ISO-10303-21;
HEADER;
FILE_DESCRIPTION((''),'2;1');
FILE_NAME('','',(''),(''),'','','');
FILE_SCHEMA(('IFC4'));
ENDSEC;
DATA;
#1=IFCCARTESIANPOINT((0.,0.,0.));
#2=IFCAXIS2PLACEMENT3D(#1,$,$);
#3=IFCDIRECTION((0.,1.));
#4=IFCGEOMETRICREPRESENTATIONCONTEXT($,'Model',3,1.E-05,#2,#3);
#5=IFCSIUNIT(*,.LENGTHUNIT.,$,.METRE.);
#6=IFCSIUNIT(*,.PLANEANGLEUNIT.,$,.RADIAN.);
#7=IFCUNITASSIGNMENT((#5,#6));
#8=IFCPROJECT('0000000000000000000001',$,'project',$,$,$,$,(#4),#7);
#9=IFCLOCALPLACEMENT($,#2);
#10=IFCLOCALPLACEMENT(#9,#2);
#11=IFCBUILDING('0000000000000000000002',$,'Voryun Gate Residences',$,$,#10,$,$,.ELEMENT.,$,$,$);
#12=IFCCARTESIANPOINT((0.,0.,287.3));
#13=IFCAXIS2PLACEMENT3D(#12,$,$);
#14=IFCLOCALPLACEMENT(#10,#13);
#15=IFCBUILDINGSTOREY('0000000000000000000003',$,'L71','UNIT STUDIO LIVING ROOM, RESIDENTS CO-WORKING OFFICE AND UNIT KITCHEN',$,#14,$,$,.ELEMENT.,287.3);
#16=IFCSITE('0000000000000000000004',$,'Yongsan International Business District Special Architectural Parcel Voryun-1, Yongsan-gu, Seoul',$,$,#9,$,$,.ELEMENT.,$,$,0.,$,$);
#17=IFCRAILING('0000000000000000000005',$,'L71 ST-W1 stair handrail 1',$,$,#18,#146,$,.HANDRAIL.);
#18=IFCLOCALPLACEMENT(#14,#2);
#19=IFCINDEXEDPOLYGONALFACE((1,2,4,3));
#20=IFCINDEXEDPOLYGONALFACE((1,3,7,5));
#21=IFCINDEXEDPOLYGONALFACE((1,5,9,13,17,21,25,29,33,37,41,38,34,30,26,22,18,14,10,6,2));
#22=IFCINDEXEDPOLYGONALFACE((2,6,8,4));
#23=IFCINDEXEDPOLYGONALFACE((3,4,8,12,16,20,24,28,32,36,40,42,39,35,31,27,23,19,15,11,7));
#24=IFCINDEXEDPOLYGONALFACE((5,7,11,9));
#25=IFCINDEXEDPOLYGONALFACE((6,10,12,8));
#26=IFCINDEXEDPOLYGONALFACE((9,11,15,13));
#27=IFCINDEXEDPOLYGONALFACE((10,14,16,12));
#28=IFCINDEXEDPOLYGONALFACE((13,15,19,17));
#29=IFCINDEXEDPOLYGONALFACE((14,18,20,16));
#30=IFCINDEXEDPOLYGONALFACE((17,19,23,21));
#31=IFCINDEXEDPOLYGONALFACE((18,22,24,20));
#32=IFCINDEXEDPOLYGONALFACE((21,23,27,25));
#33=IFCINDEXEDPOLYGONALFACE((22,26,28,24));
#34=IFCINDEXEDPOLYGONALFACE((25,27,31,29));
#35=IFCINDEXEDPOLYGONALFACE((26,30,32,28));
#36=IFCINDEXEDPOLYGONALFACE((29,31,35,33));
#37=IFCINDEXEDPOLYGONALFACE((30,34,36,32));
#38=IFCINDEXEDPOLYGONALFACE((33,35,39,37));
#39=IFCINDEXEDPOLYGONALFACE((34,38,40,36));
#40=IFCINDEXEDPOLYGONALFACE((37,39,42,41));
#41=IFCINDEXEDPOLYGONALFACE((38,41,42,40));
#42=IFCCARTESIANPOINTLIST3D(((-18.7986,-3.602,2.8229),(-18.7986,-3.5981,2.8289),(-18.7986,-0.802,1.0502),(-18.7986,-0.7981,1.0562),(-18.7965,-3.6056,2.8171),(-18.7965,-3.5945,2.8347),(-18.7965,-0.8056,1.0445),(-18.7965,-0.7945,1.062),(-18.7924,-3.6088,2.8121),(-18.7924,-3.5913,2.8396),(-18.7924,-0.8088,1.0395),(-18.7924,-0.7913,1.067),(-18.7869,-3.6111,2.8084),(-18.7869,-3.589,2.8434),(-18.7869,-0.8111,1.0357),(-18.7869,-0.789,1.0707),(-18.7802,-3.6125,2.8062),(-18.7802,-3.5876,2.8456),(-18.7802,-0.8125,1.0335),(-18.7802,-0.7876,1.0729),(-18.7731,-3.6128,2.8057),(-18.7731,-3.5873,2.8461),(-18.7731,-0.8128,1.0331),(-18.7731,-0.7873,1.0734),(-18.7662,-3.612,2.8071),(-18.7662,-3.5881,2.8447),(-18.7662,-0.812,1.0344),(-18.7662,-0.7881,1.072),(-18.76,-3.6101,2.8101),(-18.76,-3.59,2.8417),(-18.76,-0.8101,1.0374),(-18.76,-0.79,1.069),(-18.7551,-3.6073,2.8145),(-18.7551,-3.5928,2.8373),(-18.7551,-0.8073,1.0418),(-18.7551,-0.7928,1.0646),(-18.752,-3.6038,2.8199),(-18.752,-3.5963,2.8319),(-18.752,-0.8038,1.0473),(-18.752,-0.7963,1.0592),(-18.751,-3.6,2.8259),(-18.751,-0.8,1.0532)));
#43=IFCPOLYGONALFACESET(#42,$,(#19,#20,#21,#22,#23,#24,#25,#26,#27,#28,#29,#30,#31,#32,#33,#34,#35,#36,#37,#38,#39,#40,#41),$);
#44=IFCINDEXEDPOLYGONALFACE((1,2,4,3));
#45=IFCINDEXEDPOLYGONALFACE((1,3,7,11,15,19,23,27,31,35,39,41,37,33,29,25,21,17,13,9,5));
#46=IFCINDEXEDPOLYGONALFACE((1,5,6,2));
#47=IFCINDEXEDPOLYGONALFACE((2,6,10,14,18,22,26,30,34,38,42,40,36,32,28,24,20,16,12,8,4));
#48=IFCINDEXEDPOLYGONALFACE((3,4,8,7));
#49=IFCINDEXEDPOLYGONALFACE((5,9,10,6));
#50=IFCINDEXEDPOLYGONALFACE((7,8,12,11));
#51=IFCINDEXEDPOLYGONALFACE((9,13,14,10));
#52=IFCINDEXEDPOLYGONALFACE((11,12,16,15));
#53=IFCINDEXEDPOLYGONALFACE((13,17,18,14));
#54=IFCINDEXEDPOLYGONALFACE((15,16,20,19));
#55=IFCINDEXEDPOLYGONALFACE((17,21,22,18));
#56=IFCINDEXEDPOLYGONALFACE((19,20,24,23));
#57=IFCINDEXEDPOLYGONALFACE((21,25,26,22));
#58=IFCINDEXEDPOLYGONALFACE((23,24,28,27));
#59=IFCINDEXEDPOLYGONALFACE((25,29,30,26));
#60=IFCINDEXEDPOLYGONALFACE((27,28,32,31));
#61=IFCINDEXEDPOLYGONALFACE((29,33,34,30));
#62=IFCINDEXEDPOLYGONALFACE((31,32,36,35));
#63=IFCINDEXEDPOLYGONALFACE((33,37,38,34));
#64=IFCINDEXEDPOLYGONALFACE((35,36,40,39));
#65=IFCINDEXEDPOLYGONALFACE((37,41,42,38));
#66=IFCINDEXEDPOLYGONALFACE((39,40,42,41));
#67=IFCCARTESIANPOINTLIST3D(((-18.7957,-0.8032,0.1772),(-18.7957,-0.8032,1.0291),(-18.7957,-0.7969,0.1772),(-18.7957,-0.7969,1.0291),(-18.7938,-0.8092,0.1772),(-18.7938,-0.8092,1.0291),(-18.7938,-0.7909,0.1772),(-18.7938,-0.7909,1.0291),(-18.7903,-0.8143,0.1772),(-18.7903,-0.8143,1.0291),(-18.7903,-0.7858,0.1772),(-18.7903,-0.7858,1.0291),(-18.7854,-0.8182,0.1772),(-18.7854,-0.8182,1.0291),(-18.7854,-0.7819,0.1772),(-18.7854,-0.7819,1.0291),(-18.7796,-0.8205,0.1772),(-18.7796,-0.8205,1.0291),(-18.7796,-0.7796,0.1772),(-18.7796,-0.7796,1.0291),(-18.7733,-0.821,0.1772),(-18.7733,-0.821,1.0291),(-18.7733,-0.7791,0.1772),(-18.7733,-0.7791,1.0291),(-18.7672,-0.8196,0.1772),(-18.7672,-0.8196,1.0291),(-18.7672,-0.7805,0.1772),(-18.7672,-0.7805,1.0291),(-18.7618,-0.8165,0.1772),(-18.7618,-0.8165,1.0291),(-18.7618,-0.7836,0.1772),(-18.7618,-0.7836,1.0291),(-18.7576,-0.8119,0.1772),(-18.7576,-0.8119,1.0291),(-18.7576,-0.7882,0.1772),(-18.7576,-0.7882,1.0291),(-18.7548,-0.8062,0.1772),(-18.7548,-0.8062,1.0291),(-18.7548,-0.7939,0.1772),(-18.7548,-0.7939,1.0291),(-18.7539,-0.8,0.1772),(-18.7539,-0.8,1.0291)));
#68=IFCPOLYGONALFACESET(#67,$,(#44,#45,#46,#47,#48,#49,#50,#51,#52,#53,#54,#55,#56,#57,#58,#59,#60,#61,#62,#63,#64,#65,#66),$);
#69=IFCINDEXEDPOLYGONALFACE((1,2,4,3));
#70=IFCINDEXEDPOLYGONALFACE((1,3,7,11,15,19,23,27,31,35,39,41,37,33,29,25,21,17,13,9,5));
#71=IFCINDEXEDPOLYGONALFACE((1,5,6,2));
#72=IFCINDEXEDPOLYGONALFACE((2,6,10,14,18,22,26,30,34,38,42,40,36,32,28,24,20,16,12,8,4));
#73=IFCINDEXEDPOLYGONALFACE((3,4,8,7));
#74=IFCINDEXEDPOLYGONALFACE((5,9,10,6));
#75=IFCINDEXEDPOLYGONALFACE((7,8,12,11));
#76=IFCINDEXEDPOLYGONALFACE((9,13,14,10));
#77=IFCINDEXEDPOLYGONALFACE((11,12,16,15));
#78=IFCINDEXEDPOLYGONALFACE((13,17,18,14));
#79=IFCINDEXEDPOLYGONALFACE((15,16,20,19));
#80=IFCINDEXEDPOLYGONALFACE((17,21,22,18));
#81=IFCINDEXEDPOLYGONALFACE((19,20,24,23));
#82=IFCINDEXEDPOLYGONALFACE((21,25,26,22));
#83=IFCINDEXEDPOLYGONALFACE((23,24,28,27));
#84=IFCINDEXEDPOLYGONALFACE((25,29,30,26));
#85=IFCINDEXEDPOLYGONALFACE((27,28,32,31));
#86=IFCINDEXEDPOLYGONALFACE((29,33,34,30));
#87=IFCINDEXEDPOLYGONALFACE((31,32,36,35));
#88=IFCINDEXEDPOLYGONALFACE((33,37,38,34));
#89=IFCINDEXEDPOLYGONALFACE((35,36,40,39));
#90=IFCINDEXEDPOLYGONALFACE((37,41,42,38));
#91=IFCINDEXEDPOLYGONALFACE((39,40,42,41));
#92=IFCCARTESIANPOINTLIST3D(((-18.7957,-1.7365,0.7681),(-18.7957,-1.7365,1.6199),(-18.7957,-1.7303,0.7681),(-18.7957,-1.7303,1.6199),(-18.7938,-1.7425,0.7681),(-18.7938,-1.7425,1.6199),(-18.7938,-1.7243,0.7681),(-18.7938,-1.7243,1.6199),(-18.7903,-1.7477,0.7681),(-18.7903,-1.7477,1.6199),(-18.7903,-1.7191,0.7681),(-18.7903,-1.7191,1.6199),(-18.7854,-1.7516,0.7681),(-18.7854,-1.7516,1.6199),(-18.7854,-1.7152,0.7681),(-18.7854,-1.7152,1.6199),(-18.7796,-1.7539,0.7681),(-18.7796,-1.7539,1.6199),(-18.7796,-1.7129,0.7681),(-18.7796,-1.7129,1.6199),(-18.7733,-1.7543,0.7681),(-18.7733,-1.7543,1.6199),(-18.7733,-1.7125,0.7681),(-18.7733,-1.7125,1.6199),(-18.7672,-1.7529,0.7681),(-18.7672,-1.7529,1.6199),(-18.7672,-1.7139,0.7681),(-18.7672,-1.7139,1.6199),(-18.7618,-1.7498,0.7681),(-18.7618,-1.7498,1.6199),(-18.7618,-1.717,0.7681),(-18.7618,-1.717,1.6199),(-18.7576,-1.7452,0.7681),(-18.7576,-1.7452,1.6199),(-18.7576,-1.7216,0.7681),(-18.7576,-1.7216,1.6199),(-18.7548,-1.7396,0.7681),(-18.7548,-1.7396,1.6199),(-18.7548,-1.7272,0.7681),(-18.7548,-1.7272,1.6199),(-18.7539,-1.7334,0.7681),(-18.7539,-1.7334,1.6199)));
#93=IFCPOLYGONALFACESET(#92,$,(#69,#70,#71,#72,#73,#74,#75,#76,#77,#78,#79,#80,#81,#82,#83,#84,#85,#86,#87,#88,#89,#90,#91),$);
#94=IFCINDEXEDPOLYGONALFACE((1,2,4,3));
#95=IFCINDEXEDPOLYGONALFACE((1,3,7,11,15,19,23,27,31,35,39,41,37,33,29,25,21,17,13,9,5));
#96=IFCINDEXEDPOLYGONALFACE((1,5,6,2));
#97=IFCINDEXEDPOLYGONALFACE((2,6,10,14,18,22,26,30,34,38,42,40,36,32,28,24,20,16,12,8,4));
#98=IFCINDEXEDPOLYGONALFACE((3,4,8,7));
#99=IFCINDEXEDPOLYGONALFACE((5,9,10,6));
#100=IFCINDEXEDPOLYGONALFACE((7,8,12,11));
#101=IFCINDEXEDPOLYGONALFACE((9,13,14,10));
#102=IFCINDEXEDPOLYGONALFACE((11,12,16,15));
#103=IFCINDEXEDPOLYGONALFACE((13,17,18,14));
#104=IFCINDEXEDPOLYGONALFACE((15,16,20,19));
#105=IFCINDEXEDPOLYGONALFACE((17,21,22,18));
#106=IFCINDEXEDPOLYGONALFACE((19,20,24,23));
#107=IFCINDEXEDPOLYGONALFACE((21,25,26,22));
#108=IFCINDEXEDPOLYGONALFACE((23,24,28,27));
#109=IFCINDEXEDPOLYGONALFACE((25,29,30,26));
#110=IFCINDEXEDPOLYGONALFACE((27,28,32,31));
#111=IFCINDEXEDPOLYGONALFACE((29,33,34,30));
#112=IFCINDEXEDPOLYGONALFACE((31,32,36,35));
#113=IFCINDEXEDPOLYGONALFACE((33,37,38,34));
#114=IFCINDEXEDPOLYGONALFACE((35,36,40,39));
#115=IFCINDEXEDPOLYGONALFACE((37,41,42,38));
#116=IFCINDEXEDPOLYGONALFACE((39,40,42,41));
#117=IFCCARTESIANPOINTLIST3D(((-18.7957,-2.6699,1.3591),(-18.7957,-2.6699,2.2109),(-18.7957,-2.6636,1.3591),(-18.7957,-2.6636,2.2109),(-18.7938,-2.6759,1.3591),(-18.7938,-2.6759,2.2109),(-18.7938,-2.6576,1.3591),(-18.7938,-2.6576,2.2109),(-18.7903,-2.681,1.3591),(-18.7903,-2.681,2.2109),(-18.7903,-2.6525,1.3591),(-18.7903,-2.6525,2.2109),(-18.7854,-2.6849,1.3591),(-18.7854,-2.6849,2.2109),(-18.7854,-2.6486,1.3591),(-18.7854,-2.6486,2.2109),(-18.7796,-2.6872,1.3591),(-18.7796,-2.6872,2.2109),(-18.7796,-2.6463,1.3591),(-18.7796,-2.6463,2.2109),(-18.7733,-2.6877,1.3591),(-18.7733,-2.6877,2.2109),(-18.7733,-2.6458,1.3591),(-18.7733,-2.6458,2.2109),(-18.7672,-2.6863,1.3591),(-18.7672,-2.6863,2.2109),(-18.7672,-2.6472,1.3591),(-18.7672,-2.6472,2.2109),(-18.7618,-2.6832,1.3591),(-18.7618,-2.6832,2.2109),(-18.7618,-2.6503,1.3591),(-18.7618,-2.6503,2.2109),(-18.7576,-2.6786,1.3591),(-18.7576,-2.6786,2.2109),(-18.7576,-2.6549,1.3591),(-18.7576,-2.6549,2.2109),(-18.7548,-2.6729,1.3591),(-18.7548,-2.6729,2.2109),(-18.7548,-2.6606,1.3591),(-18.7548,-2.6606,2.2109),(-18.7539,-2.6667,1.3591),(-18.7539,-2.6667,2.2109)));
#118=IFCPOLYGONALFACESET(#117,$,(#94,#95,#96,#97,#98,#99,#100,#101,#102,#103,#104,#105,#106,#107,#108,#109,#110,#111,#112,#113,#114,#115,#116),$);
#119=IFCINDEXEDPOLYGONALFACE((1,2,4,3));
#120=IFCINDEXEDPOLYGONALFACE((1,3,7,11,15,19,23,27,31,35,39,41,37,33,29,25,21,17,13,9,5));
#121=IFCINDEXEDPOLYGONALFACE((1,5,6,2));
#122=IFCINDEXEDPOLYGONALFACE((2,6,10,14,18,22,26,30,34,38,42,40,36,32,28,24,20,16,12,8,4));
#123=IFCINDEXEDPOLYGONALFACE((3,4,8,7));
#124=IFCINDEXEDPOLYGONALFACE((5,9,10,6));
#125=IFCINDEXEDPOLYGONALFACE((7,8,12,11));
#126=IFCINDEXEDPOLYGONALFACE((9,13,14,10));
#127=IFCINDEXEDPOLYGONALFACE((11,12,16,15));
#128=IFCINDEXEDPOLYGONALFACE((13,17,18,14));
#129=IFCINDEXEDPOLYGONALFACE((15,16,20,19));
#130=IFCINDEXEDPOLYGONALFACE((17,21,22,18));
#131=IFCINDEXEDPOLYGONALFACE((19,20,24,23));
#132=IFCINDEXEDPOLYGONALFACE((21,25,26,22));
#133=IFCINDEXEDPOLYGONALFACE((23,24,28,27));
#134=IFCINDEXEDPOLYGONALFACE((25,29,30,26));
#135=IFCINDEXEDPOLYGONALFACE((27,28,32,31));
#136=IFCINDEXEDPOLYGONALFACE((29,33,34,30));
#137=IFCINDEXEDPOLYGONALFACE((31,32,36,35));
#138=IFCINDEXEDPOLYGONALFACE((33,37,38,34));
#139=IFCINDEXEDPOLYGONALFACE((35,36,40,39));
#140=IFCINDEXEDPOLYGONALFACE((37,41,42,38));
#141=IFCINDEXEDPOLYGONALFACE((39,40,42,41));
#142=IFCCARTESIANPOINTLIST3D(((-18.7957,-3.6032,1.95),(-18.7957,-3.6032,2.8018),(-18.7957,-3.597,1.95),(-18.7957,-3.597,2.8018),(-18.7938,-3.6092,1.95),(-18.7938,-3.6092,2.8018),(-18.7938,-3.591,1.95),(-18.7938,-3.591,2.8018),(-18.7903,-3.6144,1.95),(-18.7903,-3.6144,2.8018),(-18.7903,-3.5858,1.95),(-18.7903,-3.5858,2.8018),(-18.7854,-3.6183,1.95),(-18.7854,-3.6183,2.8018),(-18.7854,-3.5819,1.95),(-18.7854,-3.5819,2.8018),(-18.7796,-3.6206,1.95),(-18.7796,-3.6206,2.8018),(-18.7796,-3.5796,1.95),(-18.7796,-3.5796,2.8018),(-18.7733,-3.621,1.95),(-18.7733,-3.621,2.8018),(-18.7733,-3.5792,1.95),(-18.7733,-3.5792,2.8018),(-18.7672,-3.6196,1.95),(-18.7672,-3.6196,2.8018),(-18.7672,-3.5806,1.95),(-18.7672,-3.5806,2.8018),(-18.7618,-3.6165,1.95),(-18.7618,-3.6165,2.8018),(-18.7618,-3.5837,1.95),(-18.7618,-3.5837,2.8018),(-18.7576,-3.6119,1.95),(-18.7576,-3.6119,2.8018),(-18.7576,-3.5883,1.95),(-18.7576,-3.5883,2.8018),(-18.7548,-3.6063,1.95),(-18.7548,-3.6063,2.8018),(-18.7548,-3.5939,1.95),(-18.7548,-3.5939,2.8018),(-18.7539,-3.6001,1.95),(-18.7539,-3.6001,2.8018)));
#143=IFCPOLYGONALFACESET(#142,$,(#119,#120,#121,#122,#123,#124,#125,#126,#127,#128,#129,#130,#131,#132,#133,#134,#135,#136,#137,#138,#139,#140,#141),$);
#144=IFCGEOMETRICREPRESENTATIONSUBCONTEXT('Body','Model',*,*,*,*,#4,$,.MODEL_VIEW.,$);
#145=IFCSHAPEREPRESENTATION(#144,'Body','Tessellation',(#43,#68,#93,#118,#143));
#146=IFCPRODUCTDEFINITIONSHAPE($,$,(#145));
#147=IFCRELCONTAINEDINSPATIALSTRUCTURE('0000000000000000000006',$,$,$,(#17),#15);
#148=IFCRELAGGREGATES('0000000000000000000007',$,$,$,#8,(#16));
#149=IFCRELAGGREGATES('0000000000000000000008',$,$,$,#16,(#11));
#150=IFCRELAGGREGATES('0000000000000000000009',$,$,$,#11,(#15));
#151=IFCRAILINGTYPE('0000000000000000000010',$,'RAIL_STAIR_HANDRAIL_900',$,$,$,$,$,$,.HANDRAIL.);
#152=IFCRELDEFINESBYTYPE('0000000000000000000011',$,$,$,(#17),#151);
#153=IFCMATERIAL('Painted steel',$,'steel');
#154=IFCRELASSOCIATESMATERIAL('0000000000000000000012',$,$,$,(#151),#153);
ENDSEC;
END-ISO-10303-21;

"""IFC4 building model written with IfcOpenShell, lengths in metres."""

from ifc_helpers import new_model, si_unit, direction, frame, origin, origin_2d, place, context, subcontext, project, spatial, circle, extrude, material, type_object, element, save


model = new_model("IFC4")

# Units and contexts
model_context = context("Model", 3, precision=1e-05, world=origin(), true_north=direction((0.0, 1.0)))
body_context = subcontext(model_context, "Body", "Model", "MODEL_VIEW")
ifc_project = project(units=[si_unit("LENGTHUNIT", "METRE"), si_unit("PLANEANGLEUNIT", "RADIAN")], contexts=[model_context])

# Site, building, storey
site_placement = place(None, origin())
site = spatial("IfcSite", under=ifc_project, at=site_placement, Name="Yongsan International Business District Special Architectural Parcel Voryun-1, Yongsan-gu, Seoul", CompositionType="ELEMENT", RefElevation=0.0)
building_placement = place(site_placement, origin())
building = spatial("IfcBuilding", under=site, at=building_placement, Name="Voryun Gate Residences", CompositionType="ELEMENT")
storey_placement = place(building_placement, frame((0.0, 0.0, 287.3)))
storey = spatial("IfcBuildingStorey", under=building, at=storey_placement, Name="L71", Description="UNIT STUDIO LIVING ROOM, RESIDENTS CO-WORKING OFFICE AND UNIT KITCHEN", CompositionType="ELEMENT", Elevation=287.3)

# Railing
ifc_material_1 = material(Name="Painted steel", Category="steel")
railing_type_1 = type_object("IfcRailingType", Name="RAIL_STAIR_HANDRAIL_900", PredefinedType="HANDRAIL", material=ifc_material_1)
railing_1_placement = place(storey_placement, frame((-18.7749, -0.8, 0.1772)))
element("IfcRailing", 1, at=railing_1_placement, inside=storey, type_object=railing_type_1, Name="L71 ST-W1 stair handrail 1", PredefinedType="HANDRAIL", context=body_context, shape_type="SweptSolid", body=[
    extrude(circle(Radius=0.0239, at=origin_2d()), frame((0.0, 0.0, 0.876), z_axis=(0.0, -0.844909, 0.53491), x_axis=(1.0, 0.0, 0.0)), (0.0, 0.0, 1.0), 3.314),
    extrude(circle(Radius=0.021, at=origin_2d()), origin(), (0.0, 0.0, 1.0), 0.8518),
    extrude(circle(Radius=0.021, at=origin_2d()), frame((0.0, -0.9333, 0.5908)), (0.0, 0.0, 1.0), 0.8518),
    extrude(circle(Radius=0.021, at=origin_2d()), frame((0.0, -1.8667, 1.1819)), (0.0, 0.0, 1.0), 0.8518),
    extrude(circle(Radius=0.021, at=origin_2d()), frame((0.0, -2.8, 1.7727)), (0.0, 0.0, 1.0), 0.8518),
])

save(model, "model.ifc")
